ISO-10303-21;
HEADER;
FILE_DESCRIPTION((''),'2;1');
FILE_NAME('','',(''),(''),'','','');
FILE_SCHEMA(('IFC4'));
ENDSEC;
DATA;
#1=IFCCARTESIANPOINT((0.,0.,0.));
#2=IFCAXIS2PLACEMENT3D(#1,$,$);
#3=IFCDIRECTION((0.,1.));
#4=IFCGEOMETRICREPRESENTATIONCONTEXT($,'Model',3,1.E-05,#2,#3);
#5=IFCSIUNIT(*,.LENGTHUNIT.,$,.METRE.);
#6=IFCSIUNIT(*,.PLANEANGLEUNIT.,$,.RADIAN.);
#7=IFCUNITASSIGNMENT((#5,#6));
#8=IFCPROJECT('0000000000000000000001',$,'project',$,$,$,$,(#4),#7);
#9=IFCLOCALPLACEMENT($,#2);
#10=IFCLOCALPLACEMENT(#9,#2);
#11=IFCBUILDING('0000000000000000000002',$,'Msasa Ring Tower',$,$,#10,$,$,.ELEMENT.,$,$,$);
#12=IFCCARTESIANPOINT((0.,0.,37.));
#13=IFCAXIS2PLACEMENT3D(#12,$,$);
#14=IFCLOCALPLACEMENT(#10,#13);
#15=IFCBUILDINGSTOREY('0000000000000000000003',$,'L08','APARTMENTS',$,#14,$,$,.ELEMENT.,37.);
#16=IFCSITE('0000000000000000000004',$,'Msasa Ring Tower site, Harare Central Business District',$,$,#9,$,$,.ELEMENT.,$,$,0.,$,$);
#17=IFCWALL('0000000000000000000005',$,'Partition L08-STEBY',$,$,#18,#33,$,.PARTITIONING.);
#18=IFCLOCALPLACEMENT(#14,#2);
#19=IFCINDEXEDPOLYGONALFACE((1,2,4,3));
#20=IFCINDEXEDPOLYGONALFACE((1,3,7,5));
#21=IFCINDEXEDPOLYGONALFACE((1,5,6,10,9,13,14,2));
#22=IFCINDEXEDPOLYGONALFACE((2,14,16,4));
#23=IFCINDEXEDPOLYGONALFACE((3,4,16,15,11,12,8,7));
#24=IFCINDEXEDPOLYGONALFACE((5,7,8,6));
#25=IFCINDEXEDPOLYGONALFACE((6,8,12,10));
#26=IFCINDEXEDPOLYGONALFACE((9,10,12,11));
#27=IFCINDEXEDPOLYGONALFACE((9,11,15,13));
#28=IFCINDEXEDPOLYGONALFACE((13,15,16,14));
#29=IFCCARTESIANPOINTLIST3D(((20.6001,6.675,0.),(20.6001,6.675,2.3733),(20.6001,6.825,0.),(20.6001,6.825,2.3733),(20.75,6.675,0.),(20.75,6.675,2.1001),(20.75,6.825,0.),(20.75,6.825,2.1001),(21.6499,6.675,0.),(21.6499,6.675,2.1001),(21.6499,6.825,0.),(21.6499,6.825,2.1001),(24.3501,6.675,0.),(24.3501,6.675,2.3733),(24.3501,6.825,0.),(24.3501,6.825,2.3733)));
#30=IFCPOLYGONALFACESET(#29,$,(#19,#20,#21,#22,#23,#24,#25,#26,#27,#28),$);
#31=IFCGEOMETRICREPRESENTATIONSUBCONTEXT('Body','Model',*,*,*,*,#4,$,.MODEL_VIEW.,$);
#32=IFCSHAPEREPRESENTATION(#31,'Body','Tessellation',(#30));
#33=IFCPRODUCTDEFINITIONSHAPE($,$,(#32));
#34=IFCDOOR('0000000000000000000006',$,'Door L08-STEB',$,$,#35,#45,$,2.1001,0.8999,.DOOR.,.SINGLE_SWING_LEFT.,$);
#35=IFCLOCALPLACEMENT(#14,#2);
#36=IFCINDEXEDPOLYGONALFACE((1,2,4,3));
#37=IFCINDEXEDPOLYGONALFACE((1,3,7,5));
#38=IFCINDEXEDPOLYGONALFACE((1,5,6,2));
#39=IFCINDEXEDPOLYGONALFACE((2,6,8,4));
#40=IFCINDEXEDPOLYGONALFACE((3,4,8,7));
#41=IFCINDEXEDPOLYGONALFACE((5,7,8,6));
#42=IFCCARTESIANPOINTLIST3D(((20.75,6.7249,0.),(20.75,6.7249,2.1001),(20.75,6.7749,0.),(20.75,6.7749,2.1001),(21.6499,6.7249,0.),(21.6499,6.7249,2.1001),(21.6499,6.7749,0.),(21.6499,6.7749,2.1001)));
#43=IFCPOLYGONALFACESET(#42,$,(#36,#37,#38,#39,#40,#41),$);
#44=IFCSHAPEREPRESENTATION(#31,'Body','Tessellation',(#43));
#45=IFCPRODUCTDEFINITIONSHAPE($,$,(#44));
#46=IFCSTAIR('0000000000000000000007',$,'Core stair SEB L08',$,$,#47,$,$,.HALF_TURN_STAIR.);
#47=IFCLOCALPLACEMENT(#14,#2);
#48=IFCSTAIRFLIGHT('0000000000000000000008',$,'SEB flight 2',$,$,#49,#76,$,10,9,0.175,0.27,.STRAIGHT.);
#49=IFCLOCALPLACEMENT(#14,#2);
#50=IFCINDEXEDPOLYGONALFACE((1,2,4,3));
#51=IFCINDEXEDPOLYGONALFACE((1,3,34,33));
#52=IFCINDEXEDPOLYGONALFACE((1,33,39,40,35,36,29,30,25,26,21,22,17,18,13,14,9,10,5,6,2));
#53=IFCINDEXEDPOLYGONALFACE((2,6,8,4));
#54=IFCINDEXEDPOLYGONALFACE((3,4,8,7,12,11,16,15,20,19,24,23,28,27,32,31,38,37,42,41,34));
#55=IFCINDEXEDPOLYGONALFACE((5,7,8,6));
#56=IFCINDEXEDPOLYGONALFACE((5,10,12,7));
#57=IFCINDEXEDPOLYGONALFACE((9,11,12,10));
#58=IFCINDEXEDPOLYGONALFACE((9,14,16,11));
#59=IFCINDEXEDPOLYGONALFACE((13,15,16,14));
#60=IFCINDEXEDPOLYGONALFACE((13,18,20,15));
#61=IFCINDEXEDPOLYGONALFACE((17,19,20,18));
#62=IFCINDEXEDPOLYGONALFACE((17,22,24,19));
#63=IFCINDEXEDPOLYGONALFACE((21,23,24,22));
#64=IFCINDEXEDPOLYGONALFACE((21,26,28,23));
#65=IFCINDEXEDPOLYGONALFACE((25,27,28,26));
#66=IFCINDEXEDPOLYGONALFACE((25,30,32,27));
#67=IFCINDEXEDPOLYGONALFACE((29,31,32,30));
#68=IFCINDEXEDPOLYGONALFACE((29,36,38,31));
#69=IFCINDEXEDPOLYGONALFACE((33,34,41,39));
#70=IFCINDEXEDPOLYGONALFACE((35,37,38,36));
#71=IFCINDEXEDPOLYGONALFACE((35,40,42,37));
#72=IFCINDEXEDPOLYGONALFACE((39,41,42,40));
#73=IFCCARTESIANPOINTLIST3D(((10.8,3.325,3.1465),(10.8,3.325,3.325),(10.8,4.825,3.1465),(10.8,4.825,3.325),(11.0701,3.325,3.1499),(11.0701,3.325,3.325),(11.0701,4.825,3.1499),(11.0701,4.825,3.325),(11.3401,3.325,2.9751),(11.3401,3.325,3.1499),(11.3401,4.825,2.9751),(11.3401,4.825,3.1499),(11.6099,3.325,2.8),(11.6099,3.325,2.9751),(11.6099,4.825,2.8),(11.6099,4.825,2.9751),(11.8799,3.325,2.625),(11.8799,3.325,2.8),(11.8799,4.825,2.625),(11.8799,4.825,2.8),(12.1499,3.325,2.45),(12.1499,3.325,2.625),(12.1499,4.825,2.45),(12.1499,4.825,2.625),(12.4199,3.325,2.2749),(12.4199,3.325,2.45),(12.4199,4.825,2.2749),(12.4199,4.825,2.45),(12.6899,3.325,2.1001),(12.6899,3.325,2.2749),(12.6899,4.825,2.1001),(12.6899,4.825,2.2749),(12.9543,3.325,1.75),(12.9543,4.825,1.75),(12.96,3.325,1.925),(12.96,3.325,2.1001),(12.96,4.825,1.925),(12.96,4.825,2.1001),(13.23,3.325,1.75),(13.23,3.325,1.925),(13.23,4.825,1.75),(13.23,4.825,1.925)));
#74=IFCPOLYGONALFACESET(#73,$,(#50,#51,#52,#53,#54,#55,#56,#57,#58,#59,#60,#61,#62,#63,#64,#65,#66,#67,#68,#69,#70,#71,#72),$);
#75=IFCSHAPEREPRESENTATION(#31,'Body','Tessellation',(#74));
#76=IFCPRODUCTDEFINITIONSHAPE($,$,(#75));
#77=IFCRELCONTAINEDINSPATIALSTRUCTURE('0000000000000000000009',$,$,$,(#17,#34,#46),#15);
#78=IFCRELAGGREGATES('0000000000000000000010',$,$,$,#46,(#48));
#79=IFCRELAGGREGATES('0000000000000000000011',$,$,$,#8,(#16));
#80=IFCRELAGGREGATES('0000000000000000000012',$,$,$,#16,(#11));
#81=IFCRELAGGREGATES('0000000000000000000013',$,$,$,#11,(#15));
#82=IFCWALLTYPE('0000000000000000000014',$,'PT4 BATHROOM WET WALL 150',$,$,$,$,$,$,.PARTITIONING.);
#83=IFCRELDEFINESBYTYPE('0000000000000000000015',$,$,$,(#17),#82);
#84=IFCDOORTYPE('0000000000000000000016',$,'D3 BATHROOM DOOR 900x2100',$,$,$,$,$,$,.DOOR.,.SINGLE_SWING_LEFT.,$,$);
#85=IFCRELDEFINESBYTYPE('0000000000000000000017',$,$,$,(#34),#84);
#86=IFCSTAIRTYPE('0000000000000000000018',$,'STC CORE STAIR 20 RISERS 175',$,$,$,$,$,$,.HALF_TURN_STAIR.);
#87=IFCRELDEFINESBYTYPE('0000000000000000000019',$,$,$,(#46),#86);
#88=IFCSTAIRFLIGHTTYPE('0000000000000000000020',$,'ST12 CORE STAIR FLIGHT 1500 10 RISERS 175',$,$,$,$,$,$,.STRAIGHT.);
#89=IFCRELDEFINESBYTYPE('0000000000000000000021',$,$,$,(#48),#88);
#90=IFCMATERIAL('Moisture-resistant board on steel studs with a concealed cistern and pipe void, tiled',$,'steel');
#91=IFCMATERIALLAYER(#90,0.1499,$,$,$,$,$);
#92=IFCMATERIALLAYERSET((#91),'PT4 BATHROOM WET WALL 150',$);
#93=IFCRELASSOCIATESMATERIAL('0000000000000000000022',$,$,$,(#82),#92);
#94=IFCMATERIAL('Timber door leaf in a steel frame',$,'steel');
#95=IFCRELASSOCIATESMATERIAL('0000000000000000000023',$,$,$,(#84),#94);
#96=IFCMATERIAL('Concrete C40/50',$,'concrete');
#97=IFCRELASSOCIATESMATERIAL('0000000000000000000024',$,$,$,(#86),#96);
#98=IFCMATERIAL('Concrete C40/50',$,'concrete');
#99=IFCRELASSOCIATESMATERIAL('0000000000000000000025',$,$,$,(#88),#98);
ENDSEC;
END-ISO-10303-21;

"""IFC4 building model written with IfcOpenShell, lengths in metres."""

from ifc_helpers import new_model, si_unit, direction, frame, frame_2d, origin, place, context, subcontext, project, spatial, polyline, rectangle, outline, extrude, material, layer, layer_set, type_object, element, fill, aggregate, save


model = new_model("IFC4")

# Units and contexts
model_context = context("Model", 3, precision=1e-05, world=origin(), true_north=direction((0.0, 1.0)))
body_context = subcontext(model_context, "Body", "Model", "MODEL_VIEW")
ifc_project = project(units=[si_unit("LENGTHUNIT", "METRE"), si_unit("PLANEANGLEUNIT", "RADIAN")], contexts=[model_context])

# Site, building, storey
site_placement = place(None, origin())
site = spatial("IfcSite", under=ifc_project, at=site_placement, Name="Msasa Ring Tower site, Harare Central Business District", CompositionType="ELEMENT", RefElevation=0.0)
building_placement = place(site_placement, origin())
building = spatial("IfcBuilding", under=site, at=building_placement, Name="Msasa Ring Tower", CompositionType="ELEMENT")
storey_placement = place(building_placement, frame((0.0, 0.0, 37.0)))
storey = spatial("IfcBuildingStorey", under=building, at=storey_placement, Name="L08", Description="APARTMENTS", CompositionType="ELEMENT", Elevation=37.0)

# Wall, opening, door
ifc_material_1 = material(Name="Moisture-resistant board on steel studs with a concealed cistern and pipe void, tiled", Category="steel")
ifc_layer_1 = layer(ifc_material_1, 0.1499)
ifc_layer_set_1 = layer_set([ifc_layer_1], Name="PT4 BATHROOM WET WALL 150")
wall_type_1 = type_object("IfcWallType", Name="PT4 BATHROOM WET WALL 150", PredefinedType="PARTITIONING", material=ifc_layer_set_1)
wall_1_placement = place(storey_placement, frame((20.6001, 6.75, 0.0), z_axis=(0.0, 0.0, 1.0), x_axis=(1.0, 0.0, 0.0)))
wall_1 = element("IfcWall", 1, at=wall_1_placement, inside=storey, type_object=wall_type_1, Name="Partition L08-STEBY", PredefinedType="PARTITIONING", context=body_context, shape_type="SweptSolid", body=[
    extrude(rectangle(XDim=3.75, YDim=0.1499, at=frame_2d((1.875, 0.0))), origin(), (0.0, 0.0, 1.0), 2.3733),
])
opening_1_placement = place(wall_1_placement, frame((0.1499, 0.0, 0.0)))
opening_1 = element("IfcOpeningElement", 2, at=opening_1_placement, cuts=wall_1, PredefinedType="OPENING", context=body_context, shape_type="SweptSolid", body=[
    extrude(rectangle(XDim=0.8999, YDim=2.1001, at=frame_2d((0.45, 1.05))), frame((0.0, 0.085, 0.0), z_axis=(0.0, -1.0, 0.0), x_axis=(1.0, 0.0, 0.0)), (0.0, 0.0, 1.0), 0.1699),
])
ifc_material_2 = material(Name="Timber door leaf in a steel frame", Category="steel")
door_type = type_object("IfcDoorType", Name="D3 BATHROOM DOOR 900x2100", OperationType="SINGLE_SWING_LEFT", PredefinedType="DOOR", material=ifc_material_2)
door_placement = place(opening_1_placement, origin())
door = element("IfcDoor", 3, at=door_placement, inside=storey, type_object=door_type, Name="Door L08-STEB", OperationType="SINGLE_SWING_LEFT", OverallHeight=2.1001, OverallWidth=0.8999, PredefinedType="DOOR", context=body_context, shape_type="SweptSolid", body=[
    extrude(rectangle(XDim=0.8999, YDim=2.1001, at=frame_2d((0.45, 1.05))), frame((0.0, 0.0249, 0.0), z_axis=(0.0, -1.0, 0.0), x_axis=(1.0, 0.0, 0.0)), (0.0, 0.0, 1.0), 0.05),
])
fill(opening_1, door)

# Stair, stair flight
ifc_material_3 = material(Name="Concrete C40/50", Category="concrete")
stair_type = type_object("IfcStairType", Name="STC CORE STAIR 20 RISERS 175", PredefinedType="HALF_TURN_STAIR", material=ifc_material_3)
stair_placement = place(storey_placement, origin())
stair = element("IfcStair", 4, at=stair_placement, inside=storey, type_object=stair_type, Name="Core stair SEB L08", PredefinedType="HALF_TURN_STAIR")
ifc_material_4 = material(Name="Concrete C40/50", Category="concrete")
stair_flight_type = type_object("IfcStairFlightType", Name="ST12 CORE STAIR FLIGHT 1500 10 RISERS 175", PredefinedType="STRAIGHT", material=ifc_material_4)
stair_flight_placement = place(storey_placement, frame((13.23, 4.075, 1.75), z_axis=(0.0, 0.0, 1.0), x_axis=(-1.0, 0.0, 0.0)))
stair_flight = element("IfcStairFlight", 5, at=stair_flight_placement, type_object=stair_flight_type, Name="SEB flight 2", NumberOfRisers=10, NumberOfTreads=9, PredefinedType="STRAIGHT", RiserHeight=0.175, TreadLength=0.27, context=body_context, shape_type="SweptSolid", body=[
    extrude(outline(polyline([(0.0, 0.0), (0.0, 0.175), (0.27, 0.175), (0.27, 0.3501), (0.54, 0.3501), (0.54, 0.5249), (0.8101, 0.5249), (0.8101, 0.7), (1.0801, 0.7), (1.0801, 0.875), (1.3501, 0.875), (1.3501, 1.05), (1.6201, 1.05), (1.6201, 1.2251), (1.8899, 1.2251), (1.8899, 1.3999), (2.1599, 1.3999), (2.1599, 1.575), (2.4299, 1.575), (2.4299, 1.75), (2.4299, 1.3965), (0.2756, 0.0), (0.0, 0.0)])), frame((0.0, 0.75, 0.0), z_axis=(0.0, -1.0, 0.0), x_axis=(1.0, 0.0, 0.0)), (0.0, 0.0, 1.0), 1.5),
])
aggregate(stair, [stair_flight])

save(model, "model.ifc")
